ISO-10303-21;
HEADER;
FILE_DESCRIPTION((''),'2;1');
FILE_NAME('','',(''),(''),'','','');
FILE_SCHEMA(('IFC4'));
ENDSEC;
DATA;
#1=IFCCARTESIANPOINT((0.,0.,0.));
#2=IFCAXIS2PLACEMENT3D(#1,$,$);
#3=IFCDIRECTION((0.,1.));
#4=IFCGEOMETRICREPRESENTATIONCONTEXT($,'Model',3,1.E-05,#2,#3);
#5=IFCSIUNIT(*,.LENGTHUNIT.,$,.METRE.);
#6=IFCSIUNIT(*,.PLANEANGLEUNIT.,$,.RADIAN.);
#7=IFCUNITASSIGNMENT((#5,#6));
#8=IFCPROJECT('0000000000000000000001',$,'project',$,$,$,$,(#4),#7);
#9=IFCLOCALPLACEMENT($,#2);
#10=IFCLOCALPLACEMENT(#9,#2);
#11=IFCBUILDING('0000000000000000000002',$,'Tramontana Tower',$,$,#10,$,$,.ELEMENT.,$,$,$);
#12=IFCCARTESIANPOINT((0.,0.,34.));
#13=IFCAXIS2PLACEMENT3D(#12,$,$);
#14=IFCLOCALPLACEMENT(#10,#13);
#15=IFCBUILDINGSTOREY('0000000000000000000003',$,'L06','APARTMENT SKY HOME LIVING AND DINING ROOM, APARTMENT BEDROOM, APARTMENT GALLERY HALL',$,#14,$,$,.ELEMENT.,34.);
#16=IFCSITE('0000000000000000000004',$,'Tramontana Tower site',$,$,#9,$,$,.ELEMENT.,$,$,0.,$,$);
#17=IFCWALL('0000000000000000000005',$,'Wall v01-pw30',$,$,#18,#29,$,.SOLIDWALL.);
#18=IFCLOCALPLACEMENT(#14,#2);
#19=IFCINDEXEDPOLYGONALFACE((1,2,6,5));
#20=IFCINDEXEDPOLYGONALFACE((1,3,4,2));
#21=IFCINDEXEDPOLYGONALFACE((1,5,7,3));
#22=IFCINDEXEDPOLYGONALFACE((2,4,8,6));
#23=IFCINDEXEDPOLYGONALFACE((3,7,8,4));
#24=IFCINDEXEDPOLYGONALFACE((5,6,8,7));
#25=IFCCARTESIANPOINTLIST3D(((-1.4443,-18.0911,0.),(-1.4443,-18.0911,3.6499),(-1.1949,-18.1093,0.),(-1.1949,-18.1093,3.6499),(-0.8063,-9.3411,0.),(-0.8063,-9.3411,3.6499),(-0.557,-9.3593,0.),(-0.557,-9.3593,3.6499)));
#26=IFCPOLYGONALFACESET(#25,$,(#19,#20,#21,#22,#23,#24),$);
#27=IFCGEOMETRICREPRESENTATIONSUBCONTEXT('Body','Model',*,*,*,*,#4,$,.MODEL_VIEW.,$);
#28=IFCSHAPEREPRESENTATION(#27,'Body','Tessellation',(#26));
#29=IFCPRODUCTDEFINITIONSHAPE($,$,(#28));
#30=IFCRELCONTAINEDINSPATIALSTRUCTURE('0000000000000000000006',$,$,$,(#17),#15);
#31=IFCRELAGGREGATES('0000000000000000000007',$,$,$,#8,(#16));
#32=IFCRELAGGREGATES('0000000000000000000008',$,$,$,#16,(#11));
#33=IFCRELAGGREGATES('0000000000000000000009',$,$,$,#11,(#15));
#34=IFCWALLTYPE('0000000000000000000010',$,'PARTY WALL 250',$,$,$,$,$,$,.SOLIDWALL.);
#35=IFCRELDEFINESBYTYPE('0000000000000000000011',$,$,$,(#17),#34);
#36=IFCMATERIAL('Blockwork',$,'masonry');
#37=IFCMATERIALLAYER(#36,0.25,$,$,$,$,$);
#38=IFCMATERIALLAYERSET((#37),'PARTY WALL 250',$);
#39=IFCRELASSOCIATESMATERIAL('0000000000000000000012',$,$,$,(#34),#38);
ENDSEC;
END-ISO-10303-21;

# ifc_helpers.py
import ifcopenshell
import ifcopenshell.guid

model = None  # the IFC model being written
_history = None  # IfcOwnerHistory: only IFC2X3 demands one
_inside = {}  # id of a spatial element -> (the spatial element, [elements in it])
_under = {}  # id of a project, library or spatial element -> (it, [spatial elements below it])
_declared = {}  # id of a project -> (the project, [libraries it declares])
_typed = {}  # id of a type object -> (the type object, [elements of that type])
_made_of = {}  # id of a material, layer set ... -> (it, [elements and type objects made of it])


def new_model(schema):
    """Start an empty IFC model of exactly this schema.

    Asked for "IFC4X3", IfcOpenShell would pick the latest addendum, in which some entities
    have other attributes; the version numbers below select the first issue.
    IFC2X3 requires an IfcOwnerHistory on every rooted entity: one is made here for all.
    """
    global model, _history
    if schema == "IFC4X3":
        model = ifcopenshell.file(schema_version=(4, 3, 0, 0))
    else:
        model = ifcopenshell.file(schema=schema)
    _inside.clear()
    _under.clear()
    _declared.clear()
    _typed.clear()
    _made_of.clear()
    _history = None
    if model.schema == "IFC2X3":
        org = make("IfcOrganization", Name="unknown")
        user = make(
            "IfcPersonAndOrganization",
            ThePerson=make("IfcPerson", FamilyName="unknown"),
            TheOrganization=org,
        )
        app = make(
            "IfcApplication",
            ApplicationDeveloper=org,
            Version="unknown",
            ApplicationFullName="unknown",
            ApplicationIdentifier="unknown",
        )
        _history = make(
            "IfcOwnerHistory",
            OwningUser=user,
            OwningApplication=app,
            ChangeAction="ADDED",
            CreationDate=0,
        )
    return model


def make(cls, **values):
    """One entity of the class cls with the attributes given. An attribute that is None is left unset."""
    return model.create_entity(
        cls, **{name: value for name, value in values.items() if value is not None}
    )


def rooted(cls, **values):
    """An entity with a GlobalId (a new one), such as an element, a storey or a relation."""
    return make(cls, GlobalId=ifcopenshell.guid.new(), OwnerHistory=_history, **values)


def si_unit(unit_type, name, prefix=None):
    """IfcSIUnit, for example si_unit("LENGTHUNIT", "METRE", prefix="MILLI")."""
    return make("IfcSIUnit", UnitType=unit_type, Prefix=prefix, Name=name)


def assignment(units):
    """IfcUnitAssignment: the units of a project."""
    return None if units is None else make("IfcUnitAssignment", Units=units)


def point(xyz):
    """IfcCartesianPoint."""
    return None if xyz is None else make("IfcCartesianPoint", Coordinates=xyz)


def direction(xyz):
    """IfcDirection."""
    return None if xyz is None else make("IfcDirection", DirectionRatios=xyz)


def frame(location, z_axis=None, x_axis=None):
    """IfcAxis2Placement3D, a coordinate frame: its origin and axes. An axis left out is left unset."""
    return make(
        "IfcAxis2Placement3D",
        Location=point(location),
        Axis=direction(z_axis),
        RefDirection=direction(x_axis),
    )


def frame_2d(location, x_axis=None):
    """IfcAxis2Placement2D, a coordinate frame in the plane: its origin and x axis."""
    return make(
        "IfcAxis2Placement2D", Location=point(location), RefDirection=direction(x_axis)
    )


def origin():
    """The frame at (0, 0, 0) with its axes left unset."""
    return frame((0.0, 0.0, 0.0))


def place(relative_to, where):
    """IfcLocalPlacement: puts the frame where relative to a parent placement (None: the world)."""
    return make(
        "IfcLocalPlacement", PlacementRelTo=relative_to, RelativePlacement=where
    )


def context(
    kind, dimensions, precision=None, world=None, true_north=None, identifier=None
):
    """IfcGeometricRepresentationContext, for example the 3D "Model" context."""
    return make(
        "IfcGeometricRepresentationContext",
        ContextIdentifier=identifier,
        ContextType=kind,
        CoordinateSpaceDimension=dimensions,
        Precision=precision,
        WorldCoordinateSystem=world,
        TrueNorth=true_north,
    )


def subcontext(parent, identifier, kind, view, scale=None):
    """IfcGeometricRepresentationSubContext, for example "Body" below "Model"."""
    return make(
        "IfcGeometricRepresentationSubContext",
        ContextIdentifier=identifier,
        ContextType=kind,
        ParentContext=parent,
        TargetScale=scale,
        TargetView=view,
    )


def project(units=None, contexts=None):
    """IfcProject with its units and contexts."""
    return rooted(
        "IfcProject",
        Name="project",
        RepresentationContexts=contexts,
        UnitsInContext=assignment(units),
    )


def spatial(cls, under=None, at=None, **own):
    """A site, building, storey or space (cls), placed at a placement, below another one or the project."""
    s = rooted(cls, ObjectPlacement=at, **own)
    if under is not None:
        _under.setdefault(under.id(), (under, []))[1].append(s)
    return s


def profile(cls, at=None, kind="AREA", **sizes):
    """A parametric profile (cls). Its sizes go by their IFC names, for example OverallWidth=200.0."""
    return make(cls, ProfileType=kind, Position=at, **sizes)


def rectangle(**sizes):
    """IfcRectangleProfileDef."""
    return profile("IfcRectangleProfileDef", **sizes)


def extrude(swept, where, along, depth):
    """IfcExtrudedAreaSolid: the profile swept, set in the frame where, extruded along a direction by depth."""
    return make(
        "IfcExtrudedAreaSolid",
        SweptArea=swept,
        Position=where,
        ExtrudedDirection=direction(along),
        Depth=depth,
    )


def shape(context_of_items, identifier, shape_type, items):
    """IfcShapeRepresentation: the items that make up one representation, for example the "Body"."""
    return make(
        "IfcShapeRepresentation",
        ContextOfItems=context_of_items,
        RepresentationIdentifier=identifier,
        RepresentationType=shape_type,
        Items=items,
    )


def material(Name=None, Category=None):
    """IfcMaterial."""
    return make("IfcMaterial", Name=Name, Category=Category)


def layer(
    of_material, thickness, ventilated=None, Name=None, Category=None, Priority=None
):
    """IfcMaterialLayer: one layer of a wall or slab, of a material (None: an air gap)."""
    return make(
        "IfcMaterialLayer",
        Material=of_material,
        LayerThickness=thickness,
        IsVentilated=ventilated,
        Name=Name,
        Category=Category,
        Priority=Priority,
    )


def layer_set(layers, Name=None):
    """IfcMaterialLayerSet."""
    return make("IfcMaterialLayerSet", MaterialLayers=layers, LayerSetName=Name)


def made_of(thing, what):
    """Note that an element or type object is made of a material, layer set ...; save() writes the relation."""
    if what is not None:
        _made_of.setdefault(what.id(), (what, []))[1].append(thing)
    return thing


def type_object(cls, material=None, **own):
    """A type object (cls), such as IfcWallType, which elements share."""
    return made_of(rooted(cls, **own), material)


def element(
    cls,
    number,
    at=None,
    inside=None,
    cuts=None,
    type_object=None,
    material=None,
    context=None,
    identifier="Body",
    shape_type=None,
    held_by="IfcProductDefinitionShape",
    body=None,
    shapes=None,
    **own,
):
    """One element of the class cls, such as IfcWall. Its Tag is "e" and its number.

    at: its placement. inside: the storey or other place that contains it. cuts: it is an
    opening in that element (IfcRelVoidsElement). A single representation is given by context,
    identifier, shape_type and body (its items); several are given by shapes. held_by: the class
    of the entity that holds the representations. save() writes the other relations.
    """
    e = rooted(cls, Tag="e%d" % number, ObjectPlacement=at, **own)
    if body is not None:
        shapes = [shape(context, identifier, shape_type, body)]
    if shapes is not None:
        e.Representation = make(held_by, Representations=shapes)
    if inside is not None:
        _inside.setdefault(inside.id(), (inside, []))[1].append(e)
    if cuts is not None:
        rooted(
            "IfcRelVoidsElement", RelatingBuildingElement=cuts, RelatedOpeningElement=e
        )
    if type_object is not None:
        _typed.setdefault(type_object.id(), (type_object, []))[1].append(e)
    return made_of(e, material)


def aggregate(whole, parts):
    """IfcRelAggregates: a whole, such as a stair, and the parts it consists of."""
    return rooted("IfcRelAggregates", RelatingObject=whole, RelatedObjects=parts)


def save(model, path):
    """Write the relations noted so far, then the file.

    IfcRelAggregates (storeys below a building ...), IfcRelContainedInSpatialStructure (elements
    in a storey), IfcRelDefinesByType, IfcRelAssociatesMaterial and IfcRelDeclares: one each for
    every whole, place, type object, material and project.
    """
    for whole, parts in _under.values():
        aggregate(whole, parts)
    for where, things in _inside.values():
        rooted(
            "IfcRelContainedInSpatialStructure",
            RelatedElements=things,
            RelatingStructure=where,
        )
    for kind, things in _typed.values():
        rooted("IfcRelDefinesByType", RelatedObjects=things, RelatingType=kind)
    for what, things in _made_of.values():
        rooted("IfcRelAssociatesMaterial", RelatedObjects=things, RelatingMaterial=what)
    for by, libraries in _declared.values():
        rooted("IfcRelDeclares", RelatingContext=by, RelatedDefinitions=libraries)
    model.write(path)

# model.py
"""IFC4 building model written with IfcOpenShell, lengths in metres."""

from ifc_helpers import new_model, si_unit, direction, frame, frame_2d, origin, place, context, subcontext, project, spatial, rectangle, extrude, material, layer, layer_set, type_object, element, save


model = new_model("IFC4")

# Units and contexts
model_context = context("Model", 3, precision=1e-05, world=origin(), true_north=direction((0.0, 1.0)))
body_context = subcontext(model_context, "Body", "Model", "MODEL_VIEW")
ifc_project = project(units=[si_unit("LENGTHUNIT", "METRE"), si_unit("PLANEANGLEUNIT", "RADIAN")], contexts=[model_context])

# Site, building, storey
site_placement = place(None, origin())
site = spatial("IfcSite", under=ifc_project, at=site_placement, Name="Tramontana Tower site", CompositionType="ELEMENT", RefElevation=0.0)
building_placement = place(site_placement, origin())
building = spatial("IfcBuilding", under=site, at=building_placement, Name="Tramontana Tower", CompositionType="ELEMENT")
storey_placement = place(building_placement, frame((0.0, 0.0, 34.0)))
storey = spatial("IfcBuildingStorey", under=building, at=storey_placement, Name="L06", Description="APARTMENT SKY HOME LIVING AND DINING ROOM, APARTMENT BEDROOM, APARTMENT GALLERY HALL", CompositionType="ELEMENT", Elevation=34.0)

# Wall
ifc_material_1 = material(Name="Blockwork", Category="masonry")
ifc_layer_1 = layer(ifc_material_1, 0.25)
ifc_layer_set_1 = layer_set([ifc_layer_1], Name="PARTY WALL 250")
wall_type_1 = type_object("IfcWallType", Name="PARTY WALL 250", PredefinedType="SOLIDWALL", material=ifc_layer_set_1)
wall_1_placement = place(storey_placement, frame((-0.6816, -9.3501, 0.0), z_axis=(0.0, 0.0, 1.0), x_axis=(-0.072714, -0.997353, 0.0)))
element("IfcWall", 1, at=wall_1_placement, inside=storey, type_object=wall_type_1, Name="Wall v01-pw30", PredefinedType="SOLIDWALL", context=body_context, shape_type="SweptSolid", body=[
    extrude(rectangle(XDim=8.7732, YDim=0.25, at=frame_2d((4.3867, 0.0))), origin(), (0.0, 0.0, 1.0), 3.6499),
])

save(model, "model.ifc")
